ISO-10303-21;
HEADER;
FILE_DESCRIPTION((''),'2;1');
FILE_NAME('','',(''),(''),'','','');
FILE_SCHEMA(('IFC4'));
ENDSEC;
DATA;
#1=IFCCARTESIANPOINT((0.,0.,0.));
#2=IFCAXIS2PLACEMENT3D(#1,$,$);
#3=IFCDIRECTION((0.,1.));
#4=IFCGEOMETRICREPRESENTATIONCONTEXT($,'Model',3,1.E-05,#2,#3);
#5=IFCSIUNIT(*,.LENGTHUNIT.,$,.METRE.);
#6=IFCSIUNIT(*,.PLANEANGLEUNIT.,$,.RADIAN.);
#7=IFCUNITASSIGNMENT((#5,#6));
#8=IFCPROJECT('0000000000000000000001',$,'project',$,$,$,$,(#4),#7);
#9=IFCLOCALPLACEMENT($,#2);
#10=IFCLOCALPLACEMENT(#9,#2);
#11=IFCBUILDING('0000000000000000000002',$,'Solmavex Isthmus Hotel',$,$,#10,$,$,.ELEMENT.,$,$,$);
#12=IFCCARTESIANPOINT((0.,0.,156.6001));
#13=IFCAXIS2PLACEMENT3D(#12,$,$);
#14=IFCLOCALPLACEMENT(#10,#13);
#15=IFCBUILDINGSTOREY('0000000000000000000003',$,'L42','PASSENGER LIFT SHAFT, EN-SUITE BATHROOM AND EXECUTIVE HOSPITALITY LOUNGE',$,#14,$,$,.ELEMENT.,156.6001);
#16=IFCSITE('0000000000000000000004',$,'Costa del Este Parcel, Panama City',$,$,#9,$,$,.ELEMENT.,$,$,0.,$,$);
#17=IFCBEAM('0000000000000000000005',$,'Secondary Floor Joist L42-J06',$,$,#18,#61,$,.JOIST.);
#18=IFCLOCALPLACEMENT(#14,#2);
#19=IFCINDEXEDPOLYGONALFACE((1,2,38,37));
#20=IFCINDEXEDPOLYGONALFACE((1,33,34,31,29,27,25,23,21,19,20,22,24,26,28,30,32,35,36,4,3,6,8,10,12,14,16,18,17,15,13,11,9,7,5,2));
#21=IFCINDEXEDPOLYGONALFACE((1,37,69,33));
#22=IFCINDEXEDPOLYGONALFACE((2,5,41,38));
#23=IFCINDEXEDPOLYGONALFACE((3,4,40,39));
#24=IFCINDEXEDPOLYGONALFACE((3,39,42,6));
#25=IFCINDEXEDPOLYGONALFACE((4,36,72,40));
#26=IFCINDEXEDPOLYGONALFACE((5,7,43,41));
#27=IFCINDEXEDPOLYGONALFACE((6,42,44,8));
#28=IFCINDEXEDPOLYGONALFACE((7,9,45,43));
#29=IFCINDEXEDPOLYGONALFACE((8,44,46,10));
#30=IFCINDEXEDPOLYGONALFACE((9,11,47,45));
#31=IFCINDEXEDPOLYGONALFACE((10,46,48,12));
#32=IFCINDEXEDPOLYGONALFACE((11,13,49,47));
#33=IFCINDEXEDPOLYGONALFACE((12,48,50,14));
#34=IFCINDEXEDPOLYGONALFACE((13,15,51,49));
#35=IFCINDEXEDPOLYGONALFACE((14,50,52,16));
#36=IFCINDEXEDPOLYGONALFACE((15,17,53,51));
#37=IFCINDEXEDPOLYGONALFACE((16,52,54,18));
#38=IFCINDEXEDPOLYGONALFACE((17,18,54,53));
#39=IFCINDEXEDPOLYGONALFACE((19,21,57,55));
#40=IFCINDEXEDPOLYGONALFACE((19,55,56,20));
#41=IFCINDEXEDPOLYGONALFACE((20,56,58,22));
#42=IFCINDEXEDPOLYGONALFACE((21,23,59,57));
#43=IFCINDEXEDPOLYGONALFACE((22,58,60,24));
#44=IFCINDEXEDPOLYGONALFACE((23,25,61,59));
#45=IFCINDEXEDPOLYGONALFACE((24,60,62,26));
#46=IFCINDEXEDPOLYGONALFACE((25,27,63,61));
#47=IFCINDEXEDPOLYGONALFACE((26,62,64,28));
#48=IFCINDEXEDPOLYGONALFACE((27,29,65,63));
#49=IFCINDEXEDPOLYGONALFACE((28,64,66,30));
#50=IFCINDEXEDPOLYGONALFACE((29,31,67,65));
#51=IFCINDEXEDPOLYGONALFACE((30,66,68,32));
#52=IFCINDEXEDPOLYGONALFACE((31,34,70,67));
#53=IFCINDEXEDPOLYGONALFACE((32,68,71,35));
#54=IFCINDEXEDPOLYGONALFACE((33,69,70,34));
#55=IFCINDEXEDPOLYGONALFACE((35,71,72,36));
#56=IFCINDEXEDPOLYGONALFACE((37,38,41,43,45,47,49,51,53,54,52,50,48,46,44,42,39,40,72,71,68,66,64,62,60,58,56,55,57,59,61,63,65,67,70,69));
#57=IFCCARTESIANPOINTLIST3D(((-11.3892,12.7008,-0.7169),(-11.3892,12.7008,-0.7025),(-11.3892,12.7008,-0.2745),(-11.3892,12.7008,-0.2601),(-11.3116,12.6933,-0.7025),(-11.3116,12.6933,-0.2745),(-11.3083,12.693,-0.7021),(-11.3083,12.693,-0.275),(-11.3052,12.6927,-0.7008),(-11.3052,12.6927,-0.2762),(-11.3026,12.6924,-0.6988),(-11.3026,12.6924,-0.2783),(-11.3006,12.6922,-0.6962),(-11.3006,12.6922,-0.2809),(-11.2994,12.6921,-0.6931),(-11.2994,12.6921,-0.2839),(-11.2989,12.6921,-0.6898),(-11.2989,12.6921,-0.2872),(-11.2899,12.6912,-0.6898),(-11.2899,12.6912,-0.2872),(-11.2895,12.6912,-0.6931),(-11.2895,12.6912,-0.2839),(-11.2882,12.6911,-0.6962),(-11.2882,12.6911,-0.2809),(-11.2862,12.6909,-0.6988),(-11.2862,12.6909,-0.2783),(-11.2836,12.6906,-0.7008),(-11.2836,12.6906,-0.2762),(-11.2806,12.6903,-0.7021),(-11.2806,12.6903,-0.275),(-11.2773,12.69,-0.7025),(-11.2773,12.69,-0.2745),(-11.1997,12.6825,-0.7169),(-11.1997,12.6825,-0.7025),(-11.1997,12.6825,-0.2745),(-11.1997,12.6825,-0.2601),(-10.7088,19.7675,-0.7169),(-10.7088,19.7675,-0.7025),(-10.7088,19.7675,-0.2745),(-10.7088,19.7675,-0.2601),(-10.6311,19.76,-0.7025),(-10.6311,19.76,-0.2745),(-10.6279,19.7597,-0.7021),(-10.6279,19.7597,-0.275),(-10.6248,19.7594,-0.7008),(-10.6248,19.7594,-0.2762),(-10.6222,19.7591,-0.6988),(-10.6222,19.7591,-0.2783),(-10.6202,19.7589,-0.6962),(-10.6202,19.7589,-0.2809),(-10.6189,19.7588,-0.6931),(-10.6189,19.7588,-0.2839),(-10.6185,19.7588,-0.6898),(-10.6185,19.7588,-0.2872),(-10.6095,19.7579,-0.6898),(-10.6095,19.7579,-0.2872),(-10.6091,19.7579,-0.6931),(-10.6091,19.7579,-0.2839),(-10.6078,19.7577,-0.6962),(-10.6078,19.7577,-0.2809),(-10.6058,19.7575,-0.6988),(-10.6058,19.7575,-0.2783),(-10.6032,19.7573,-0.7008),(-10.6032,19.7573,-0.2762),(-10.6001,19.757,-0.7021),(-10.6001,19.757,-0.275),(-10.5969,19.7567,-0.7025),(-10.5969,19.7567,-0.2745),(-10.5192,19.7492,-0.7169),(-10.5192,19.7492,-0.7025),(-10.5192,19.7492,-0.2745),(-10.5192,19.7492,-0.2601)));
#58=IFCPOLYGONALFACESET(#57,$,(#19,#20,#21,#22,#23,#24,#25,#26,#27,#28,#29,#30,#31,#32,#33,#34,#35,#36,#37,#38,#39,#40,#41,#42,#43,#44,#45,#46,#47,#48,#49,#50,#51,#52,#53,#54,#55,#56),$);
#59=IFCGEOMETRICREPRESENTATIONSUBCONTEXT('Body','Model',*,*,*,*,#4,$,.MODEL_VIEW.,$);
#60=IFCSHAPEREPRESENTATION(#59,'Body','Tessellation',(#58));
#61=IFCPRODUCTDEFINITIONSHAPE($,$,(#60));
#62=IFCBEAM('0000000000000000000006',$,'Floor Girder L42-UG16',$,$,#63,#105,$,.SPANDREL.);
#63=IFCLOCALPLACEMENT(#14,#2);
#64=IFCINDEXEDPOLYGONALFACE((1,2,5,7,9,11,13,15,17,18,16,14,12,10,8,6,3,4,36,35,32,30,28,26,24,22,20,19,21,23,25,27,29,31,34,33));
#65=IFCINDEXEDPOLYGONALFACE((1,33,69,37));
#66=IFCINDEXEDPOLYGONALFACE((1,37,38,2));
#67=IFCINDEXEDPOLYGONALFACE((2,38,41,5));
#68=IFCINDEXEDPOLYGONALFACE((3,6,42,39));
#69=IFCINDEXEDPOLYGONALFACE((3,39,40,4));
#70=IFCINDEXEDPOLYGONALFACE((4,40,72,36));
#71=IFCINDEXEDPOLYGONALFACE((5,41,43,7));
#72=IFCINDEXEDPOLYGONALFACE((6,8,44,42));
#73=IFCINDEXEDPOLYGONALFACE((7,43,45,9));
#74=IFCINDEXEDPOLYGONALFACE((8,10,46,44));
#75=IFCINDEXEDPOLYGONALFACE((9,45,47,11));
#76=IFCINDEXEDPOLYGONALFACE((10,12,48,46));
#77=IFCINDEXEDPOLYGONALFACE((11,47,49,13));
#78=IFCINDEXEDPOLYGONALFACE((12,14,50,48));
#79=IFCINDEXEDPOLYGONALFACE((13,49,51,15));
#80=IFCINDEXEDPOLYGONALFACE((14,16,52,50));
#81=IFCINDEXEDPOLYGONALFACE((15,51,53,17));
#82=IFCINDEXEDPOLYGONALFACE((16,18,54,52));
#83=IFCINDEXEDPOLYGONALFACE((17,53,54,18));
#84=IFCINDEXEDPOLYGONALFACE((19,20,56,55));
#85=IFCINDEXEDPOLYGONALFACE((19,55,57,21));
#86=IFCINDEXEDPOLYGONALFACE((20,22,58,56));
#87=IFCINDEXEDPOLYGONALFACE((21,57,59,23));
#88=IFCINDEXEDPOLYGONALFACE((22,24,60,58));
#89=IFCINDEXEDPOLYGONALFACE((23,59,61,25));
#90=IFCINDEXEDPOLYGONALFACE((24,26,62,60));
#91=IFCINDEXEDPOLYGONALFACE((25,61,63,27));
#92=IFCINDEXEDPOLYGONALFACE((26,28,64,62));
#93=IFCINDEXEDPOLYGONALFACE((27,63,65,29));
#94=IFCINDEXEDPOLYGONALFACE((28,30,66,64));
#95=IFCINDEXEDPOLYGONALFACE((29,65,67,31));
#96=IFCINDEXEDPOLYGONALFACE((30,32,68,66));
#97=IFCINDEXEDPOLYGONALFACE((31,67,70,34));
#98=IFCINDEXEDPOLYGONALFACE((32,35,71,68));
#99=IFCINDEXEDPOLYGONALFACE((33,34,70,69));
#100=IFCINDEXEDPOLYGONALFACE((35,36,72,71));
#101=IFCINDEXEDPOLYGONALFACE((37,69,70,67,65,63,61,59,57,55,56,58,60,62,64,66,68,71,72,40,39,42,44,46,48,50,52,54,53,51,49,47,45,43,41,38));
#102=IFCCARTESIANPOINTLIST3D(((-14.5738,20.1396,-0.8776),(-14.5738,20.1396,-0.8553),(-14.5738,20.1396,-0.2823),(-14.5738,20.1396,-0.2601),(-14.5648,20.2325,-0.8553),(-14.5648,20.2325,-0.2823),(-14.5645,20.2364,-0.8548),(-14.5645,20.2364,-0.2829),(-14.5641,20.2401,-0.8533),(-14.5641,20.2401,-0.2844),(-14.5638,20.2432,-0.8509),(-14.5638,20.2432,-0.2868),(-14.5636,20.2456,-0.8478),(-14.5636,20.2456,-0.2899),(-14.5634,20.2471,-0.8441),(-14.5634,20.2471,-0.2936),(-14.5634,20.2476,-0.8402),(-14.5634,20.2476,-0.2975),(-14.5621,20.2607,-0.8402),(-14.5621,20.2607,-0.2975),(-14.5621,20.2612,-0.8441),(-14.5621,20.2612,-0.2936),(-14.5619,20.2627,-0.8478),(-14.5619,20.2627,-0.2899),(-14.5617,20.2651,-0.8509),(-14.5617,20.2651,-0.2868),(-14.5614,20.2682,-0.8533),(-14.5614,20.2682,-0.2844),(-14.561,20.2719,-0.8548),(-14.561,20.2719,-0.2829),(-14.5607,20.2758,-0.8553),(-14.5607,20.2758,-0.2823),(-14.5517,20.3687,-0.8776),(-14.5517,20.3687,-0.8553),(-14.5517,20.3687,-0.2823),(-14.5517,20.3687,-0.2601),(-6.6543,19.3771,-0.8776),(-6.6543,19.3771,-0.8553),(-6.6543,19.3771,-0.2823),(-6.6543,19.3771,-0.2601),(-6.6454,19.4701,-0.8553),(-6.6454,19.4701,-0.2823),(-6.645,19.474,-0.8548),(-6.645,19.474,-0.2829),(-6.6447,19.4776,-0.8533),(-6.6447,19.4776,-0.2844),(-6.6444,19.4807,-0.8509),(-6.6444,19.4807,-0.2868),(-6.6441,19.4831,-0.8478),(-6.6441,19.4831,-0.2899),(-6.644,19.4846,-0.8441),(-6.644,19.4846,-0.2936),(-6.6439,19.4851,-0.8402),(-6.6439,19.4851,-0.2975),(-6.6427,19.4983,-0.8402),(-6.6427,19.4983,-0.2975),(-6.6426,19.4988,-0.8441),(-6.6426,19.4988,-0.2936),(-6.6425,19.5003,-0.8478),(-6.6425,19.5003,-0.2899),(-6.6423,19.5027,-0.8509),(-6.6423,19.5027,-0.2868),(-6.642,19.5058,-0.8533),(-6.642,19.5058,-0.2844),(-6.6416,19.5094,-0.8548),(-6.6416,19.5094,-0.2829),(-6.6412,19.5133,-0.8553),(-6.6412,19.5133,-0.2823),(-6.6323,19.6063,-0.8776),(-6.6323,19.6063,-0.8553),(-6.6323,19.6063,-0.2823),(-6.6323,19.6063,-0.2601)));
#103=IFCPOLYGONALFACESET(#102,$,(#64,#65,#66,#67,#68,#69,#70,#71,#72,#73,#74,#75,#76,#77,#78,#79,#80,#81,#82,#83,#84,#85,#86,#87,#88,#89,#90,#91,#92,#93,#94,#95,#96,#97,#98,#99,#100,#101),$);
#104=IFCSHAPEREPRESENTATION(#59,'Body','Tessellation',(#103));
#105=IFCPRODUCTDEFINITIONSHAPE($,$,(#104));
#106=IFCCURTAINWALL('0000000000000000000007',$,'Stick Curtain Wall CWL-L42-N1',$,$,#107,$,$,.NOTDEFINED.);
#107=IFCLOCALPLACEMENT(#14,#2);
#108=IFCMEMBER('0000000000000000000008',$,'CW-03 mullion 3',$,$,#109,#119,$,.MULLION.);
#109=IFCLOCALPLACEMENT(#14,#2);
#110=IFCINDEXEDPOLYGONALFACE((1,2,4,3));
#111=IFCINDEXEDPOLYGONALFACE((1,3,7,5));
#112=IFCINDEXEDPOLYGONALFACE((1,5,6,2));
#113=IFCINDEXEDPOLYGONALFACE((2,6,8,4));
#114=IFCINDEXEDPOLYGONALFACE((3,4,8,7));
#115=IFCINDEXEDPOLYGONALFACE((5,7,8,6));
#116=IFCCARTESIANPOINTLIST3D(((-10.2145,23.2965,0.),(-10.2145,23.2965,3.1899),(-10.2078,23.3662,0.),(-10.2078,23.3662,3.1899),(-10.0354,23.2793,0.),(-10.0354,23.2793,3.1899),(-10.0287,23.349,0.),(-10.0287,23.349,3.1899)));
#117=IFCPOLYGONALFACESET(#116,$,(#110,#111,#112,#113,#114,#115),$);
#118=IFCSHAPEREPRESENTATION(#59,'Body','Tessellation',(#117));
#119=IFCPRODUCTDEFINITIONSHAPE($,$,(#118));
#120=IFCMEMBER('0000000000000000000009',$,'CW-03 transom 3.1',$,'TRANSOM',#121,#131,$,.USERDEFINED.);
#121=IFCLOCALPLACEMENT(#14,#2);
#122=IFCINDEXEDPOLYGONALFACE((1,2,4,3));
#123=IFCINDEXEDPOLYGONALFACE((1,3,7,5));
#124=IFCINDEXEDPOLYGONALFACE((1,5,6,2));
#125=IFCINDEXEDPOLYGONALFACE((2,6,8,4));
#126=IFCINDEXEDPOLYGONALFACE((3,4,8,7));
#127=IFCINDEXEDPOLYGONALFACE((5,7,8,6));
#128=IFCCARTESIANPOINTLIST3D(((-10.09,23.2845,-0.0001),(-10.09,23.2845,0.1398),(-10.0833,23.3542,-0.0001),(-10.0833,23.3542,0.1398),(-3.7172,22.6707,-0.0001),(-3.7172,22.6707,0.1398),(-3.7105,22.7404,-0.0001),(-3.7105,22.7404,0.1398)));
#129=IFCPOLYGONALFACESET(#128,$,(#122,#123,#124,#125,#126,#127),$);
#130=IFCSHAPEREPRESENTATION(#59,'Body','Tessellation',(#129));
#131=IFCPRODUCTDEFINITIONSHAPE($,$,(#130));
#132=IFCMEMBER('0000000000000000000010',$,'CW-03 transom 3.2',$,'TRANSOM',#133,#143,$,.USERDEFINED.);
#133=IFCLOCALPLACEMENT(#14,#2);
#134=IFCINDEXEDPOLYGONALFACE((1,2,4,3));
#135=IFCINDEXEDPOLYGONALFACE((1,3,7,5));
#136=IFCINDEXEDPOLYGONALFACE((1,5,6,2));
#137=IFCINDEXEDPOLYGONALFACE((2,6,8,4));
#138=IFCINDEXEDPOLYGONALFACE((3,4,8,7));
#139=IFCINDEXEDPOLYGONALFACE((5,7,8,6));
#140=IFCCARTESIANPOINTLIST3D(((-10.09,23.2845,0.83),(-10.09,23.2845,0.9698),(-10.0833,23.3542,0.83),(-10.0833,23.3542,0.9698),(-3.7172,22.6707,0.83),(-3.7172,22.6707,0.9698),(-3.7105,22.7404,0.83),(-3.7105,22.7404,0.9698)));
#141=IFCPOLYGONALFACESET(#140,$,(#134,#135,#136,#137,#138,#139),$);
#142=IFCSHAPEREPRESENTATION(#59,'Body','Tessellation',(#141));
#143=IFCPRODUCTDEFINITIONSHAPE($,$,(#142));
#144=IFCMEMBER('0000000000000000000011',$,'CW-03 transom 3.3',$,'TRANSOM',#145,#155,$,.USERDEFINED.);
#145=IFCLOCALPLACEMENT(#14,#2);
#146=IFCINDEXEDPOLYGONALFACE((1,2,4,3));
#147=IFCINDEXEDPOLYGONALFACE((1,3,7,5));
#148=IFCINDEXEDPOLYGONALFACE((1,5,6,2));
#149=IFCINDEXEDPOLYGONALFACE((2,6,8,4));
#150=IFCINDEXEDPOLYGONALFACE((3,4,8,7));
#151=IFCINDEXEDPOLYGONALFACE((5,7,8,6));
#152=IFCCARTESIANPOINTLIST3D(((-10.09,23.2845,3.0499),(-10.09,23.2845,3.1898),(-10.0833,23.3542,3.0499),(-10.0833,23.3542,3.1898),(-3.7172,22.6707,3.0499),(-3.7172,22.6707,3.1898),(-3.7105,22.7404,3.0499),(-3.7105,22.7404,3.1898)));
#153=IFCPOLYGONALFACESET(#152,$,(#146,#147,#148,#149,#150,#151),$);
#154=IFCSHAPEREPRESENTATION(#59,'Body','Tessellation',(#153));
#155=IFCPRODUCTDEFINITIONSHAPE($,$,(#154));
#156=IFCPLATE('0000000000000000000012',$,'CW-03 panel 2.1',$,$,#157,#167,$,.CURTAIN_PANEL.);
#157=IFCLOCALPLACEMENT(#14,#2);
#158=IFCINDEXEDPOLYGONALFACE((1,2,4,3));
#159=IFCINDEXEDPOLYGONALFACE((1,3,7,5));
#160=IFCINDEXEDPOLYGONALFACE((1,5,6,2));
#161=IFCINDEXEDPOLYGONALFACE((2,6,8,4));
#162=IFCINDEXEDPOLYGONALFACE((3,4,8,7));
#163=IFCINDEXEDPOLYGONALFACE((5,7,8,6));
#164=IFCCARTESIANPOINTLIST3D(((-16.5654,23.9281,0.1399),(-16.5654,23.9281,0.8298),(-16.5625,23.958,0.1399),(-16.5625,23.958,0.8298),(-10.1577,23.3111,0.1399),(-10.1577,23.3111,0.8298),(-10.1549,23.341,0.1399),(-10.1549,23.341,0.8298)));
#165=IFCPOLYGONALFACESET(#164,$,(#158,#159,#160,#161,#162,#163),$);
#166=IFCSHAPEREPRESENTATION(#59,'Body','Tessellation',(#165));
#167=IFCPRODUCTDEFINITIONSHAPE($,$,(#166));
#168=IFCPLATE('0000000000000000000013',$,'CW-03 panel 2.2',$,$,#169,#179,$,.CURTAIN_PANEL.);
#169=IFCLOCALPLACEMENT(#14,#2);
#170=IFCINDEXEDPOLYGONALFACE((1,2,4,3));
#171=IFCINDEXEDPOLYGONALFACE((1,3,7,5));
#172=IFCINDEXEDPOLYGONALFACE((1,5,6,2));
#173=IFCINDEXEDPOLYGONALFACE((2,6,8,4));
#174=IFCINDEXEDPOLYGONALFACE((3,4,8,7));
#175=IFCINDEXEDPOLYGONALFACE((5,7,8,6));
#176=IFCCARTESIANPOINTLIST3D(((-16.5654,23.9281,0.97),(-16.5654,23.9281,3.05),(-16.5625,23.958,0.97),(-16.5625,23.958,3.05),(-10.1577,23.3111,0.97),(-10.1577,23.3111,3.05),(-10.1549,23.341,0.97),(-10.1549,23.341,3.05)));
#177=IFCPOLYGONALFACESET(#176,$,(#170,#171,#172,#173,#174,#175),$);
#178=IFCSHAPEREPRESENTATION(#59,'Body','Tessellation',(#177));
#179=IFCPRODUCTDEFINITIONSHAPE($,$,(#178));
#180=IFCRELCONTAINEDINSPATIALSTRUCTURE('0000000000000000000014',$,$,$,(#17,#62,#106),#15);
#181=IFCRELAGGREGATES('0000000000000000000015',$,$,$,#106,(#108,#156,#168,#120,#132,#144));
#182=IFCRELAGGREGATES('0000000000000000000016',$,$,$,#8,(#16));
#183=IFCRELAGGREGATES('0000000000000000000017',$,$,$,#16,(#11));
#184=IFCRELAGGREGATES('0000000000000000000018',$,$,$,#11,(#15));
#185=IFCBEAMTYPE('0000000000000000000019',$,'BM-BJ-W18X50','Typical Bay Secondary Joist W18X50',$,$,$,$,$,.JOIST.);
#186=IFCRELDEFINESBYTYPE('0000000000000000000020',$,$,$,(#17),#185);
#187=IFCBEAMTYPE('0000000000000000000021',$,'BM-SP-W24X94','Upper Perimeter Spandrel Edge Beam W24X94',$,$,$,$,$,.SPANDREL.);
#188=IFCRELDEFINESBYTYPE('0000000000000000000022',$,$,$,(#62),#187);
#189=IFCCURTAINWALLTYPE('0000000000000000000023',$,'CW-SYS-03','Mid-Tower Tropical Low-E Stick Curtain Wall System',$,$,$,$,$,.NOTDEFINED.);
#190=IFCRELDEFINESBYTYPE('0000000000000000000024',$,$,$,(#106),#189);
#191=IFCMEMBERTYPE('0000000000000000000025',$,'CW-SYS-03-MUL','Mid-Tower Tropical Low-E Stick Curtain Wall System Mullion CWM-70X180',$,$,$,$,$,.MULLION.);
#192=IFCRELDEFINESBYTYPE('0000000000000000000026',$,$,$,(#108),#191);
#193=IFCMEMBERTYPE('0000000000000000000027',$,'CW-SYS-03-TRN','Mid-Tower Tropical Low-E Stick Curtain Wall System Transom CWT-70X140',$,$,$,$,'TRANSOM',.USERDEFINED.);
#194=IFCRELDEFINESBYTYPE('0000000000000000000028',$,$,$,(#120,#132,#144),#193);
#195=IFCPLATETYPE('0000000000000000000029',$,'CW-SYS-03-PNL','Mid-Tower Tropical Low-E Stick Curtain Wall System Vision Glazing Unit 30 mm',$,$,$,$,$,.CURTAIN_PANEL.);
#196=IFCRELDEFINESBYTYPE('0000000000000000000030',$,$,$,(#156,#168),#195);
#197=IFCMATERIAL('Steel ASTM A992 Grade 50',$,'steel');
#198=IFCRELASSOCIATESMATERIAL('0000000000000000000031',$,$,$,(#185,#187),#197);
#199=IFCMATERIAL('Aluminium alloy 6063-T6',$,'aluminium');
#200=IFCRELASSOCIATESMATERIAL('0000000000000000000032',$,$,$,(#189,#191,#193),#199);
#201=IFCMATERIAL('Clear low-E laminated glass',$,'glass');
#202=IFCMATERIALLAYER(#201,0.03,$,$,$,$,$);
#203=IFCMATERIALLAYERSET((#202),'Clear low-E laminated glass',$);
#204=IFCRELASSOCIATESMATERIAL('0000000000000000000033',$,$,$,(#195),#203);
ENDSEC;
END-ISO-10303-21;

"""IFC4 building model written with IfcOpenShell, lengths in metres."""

from ifc_helpers import new_model, si_unit, direction, frame, origin, origin_2d, place, context, subcontext, project, spatial, rectangle, i_section, extrude, material, layer, layer_set, material_profile, profile_set, type_object, element, aggregate, save


model = new_model("IFC4")

# Units and contexts
model_context = context("Model", 3, precision=1e-05, world=origin(), true_north=direction((0.0, 1.0)))
body_context = subcontext(model_context, "Body", "Model", "MODEL_VIEW")
ifc_project = project(units=[si_unit("LENGTHUNIT", "METRE"), si_unit("PLANEANGLEUNIT", "RADIAN")], contexts=[model_context])

# Site, building, storey
site_placement = place(None, origin())
site = spatial("IfcSite", under=ifc_project, at=site_placement, Name="Costa del Este Parcel, Panama City", CompositionType="ELEMENT", RefElevation=0.0)
building_placement = place(site_placement, origin())
building = spatial("IfcBuilding", under=site, at=building_placement, Name="Solmavex Isthmus Hotel", CompositionType="ELEMENT")
storey_placement = place(building_placement, frame((0.0, 0.0, 156.6001)))
storey = spatial("IfcBuildingStorey", under=building, at=storey_placement, Name="L42", Description="PASSENGER LIFT SHAFT, EN-SUITE BATHROOM AND EXECUTIVE HOSPITALITY LOUNGE", CompositionType="ELEMENT", Elevation=156.6001)

# Beams
ifc_material_1 = material(Name="Steel ASTM A992 Grade 50", Category="steel")
ifc_material_profile_1 = material_profile(ifc_material_1, i_section(OverallWidth=0.1904, OverallDepth=0.4568, WebThickness=0.009, FlangeThickness=0.0144, FilletRadius=0.0127, at=origin_2d()), Name="W18X50")
ifc_profile_set_1 = profile_set([ifc_material_profile_1], Name="Steel ASTM A992 Grade 50")
beam_type_1 = type_object("IfcBeamType", Name="BM-BJ-W18X50", Description="Typical Bay Secondary Joist W18X50", PredefinedType="JOIST", material=ifc_profile_set_1)
beam_1_placement = place(storey_placement, frame((-11.2944, 12.6917, -0.4885), z_axis=(0.095843, 0.995396, 0.0), x_axis=(-0.995396, 0.095843, 0.0)))
element("IfcBeam", 1, at=beam_1_placement, inside=storey, type_object=beam_type_1, Name="Secondary Floor Joist L42-J06", PredefinedType="JOIST", context=body_context, shape_type="SweptSolid", body=[
    extrude(i_section(OverallWidth=0.1904, OverallDepth=0.4568, WebThickness=0.009, FlangeThickness=0.0144, FilletRadius=0.0127, at=origin_2d()), origin(), (0.0, 0.0, 1.0), 7.0994),
])
ifc_material_profile_2 = material_profile(ifc_material_1, i_section(OverallWidth=0.2302, OverallDepth=0.6174, WebThickness=0.0132, FlangeThickness=0.0222, FilletRadius=0.0151, at=origin_2d()), Name="W24X94")
ifc_profile_set_2 = profile_set([ifc_material_profile_2], Name="Steel ASTM A992 Grade 50")
beam_type_2 = type_object("IfcBeamType", Name="BM-SP-W24X94", Description="Upper Perimeter Spandrel Edge Beam W24X94", PredefinedType="SPANDREL", material=ifc_profile_set_2)
beam_2_placement = place(storey_placement, frame((-14.5627, 20.2542, -0.5688), z_axis=(0.995397, -0.095833, 0.0), x_axis=(0.095833, 0.995397, 0.0)))
element("IfcBeam", 2, at=beam_2_placement, inside=storey, type_object=beam_type_2, Name="Floor Girder L42-UG16", PredefinedType="SPANDREL", context=body_context, shape_type="SweptSolid", body=[
    extrude(i_section(OverallWidth=0.2302, OverallDepth=0.6174, WebThickness=0.0132, FlangeThickness=0.0222, FilletRadius=0.0151, at=origin_2d()), origin(), (0.0, 0.0, 1.0), 7.9561),
])

# Curtain wall, members, plates
ifc_material_2 = material(Name="Aluminium alloy 6063-T6", Category="aluminium")
curtain_wall_type = type_object("IfcCurtainWallType", Name="CW-SYS-03", Description="Mid-Tower Tropical Low-E Stick Curtain Wall System", PredefinedType="NOTDEFINED", material=ifc_material_2)
curtain_wall_placement = place(storey_placement, origin())
curtain_wall = element("IfcCurtainWall", 3, at=curtain_wall_placement, inside=storey, type_object=curtain_wall_type, Name="Stick Curtain Wall CWL-L42-N1", PredefinedType="NOTDEFINED")
ifc_material_profile_3 = material_profile(ifc_material_2, rectangle(XDim=0.0701, YDim=0.1799, at=origin_2d()), Name="CWM-70X180")
ifc_profile_set_3 = profile_set([ifc_material_profile_3], Name="Aluminium alloy 6063-T6")
member_type_1 = type_object("IfcMemberType", Name="CW-SYS-03-MUL", Description="Mid-Tower Tropical Low-E Stick Curtain Wall System Mullion CWM-70X180", PredefinedType="MULLION", material=ifc_profile_set_3)
member_1_placement = place(storey_placement, frame((-10.1216, 23.3228, 0.0), z_axis=(0.0, 0.0, 1.0), x_axis=(0.095846, 0.995396, 0.0)))
member_1 = element("IfcMember", 4, at=member_1_placement, type_object=member_type_1, Name="CW-03 mullion 3", PredefinedType="MULLION", context=body_context, shape_type="SweptSolid", body=[
    extrude(rectangle(XDim=0.0701, YDim=0.1799, at=origin_2d()), origin(), (0.0, 0.0, 1.0), 3.1899),
])
ifc_material_profile_4 = material_profile(ifc_material_2, rectangle(XDim=0.0701, YDim=0.1399, at=origin_2d()), Name="CWT-70X140")
ifc_profile_set_4 = profile_set([ifc_material_profile_4], Name="Aluminium alloy 6063-T6")
member_type_2 = type_object("IfcMemberType", Name="CW-SYS-03-TRN", Description="Mid-Tower Tropical Low-E Stick Curtain Wall System Transom CWT-70X140", ElementType="TRANSOM", PredefinedType="USERDEFINED", material=ifc_profile_set_4)
member_2_placement = place(storey_placement, frame((-10.0867, 23.3193, 0.0698), z_axis=(0.995394, -0.095867, 0.0), x_axis=(0.095867, 0.995394, 0.0)))
member_2 = element("IfcMember", 5, at=member_2_placement, type_object=member_type_2, Name="CW-03 transom 3.1", ObjectType="TRANSOM", PredefinedType="USERDEFINED", context=body_context, shape_type="SweptSolid", body=[
    extrude(rectangle(XDim=0.0701, YDim=0.1399, at=origin_2d()), origin(), (0.0, 0.0, 1.0), 6.4023),
])
member_3_placement = place(storey_placement, frame((-10.0867, 23.3193, 0.8999), z_axis=(0.995394, -0.095867, 0.0), x_axis=(0.095867, 0.995394, 0.0)))
member_3 = element("IfcMember", 6, at=member_3_placement, type_object=member_type_2, Name="CW-03 transom 3.2", ObjectType="TRANSOM", PredefinedType="USERDEFINED", context=body_context, shape_type="SweptSolid", body=[
    extrude(rectangle(XDim=0.0701, YDim=0.1399, at=origin_2d()), origin(), (0.0, 0.0, 1.0), 6.4023),
])
member_4_placement = place(storey_placement, frame((-10.0867, 23.3193, 3.1199), z_axis=(0.995394, -0.095867, 0.0), x_axis=(0.095867, 0.995394, 0.0)))
member_4 = element("IfcMember", 7, at=member_4_placement, type_object=member_type_2, Name="CW-03 transom 3.3", ObjectType="TRANSOM", PredefinedType="USERDEFINED", context=body_context, shape_type="SweptSolid", body=[
    extrude(rectangle(XDim=0.0701, YDim=0.1399, at=origin_2d()), origin(), (0.0, 0.0, 1.0), 6.4023),
])
ifc_material_3 = material(Name="Clear low-E laminated glass", Category="glass")
ifc_layer_1 = layer(ifc_material_3, 0.03)
ifc_layer_set_1 = layer_set([ifc_layer_1], Name="Clear low-E laminated glass")
plate_type = type_object("IfcPlateType", Name="CW-SYS-03-PNL", Description="Mid-Tower Tropical Low-E Stick Curtain Wall System Vision Glazing Unit 30 mm", PredefinedType="CURTAIN_PANEL", material=ifc_layer_set_1)
plate_1_placement = place(storey_placement, frame((-13.3601, 23.6345, 0.1399), z_axis=(0.0, 0.0, 1.0), x_axis=(0.995396, -0.095846, 0.0)))
plate_1 = element("IfcPlate", 8, at=plate_1_placement, type_object=plate_type, Name="CW-03 panel 2.1", PredefinedType="CURTAIN_PANEL", context=body_context, shape_type="SweptSolid", body=[
    extrude(rectangle(XDim=6.4373, YDim=0.03, at=origin_2d()), origin(), (0.0, 0.0, 1.0), 0.6899),
])
plate_2_placement = place(storey_placement, frame((-13.3601, 23.6345, 0.97), z_axis=(0.0, 0.0, 1.0), x_axis=(0.995396, -0.095846, 0.0)))
plate_2 = element("IfcPlate", 9, at=plate_2_placement, type_object=plate_type, Name="CW-03 panel 2.2", PredefinedType="CURTAIN_PANEL", context=body_context, shape_type="SweptSolid", body=[
    extrude(rectangle(XDim=6.4373, YDim=0.03, at=origin_2d()), origin(), (0.0, 0.0, 1.0), 2.0801),
])
aggregate(curtain_wall, [member_1, plate_1, plate_2, member_2, member_3, member_4])

save(model, "model.ifc")
